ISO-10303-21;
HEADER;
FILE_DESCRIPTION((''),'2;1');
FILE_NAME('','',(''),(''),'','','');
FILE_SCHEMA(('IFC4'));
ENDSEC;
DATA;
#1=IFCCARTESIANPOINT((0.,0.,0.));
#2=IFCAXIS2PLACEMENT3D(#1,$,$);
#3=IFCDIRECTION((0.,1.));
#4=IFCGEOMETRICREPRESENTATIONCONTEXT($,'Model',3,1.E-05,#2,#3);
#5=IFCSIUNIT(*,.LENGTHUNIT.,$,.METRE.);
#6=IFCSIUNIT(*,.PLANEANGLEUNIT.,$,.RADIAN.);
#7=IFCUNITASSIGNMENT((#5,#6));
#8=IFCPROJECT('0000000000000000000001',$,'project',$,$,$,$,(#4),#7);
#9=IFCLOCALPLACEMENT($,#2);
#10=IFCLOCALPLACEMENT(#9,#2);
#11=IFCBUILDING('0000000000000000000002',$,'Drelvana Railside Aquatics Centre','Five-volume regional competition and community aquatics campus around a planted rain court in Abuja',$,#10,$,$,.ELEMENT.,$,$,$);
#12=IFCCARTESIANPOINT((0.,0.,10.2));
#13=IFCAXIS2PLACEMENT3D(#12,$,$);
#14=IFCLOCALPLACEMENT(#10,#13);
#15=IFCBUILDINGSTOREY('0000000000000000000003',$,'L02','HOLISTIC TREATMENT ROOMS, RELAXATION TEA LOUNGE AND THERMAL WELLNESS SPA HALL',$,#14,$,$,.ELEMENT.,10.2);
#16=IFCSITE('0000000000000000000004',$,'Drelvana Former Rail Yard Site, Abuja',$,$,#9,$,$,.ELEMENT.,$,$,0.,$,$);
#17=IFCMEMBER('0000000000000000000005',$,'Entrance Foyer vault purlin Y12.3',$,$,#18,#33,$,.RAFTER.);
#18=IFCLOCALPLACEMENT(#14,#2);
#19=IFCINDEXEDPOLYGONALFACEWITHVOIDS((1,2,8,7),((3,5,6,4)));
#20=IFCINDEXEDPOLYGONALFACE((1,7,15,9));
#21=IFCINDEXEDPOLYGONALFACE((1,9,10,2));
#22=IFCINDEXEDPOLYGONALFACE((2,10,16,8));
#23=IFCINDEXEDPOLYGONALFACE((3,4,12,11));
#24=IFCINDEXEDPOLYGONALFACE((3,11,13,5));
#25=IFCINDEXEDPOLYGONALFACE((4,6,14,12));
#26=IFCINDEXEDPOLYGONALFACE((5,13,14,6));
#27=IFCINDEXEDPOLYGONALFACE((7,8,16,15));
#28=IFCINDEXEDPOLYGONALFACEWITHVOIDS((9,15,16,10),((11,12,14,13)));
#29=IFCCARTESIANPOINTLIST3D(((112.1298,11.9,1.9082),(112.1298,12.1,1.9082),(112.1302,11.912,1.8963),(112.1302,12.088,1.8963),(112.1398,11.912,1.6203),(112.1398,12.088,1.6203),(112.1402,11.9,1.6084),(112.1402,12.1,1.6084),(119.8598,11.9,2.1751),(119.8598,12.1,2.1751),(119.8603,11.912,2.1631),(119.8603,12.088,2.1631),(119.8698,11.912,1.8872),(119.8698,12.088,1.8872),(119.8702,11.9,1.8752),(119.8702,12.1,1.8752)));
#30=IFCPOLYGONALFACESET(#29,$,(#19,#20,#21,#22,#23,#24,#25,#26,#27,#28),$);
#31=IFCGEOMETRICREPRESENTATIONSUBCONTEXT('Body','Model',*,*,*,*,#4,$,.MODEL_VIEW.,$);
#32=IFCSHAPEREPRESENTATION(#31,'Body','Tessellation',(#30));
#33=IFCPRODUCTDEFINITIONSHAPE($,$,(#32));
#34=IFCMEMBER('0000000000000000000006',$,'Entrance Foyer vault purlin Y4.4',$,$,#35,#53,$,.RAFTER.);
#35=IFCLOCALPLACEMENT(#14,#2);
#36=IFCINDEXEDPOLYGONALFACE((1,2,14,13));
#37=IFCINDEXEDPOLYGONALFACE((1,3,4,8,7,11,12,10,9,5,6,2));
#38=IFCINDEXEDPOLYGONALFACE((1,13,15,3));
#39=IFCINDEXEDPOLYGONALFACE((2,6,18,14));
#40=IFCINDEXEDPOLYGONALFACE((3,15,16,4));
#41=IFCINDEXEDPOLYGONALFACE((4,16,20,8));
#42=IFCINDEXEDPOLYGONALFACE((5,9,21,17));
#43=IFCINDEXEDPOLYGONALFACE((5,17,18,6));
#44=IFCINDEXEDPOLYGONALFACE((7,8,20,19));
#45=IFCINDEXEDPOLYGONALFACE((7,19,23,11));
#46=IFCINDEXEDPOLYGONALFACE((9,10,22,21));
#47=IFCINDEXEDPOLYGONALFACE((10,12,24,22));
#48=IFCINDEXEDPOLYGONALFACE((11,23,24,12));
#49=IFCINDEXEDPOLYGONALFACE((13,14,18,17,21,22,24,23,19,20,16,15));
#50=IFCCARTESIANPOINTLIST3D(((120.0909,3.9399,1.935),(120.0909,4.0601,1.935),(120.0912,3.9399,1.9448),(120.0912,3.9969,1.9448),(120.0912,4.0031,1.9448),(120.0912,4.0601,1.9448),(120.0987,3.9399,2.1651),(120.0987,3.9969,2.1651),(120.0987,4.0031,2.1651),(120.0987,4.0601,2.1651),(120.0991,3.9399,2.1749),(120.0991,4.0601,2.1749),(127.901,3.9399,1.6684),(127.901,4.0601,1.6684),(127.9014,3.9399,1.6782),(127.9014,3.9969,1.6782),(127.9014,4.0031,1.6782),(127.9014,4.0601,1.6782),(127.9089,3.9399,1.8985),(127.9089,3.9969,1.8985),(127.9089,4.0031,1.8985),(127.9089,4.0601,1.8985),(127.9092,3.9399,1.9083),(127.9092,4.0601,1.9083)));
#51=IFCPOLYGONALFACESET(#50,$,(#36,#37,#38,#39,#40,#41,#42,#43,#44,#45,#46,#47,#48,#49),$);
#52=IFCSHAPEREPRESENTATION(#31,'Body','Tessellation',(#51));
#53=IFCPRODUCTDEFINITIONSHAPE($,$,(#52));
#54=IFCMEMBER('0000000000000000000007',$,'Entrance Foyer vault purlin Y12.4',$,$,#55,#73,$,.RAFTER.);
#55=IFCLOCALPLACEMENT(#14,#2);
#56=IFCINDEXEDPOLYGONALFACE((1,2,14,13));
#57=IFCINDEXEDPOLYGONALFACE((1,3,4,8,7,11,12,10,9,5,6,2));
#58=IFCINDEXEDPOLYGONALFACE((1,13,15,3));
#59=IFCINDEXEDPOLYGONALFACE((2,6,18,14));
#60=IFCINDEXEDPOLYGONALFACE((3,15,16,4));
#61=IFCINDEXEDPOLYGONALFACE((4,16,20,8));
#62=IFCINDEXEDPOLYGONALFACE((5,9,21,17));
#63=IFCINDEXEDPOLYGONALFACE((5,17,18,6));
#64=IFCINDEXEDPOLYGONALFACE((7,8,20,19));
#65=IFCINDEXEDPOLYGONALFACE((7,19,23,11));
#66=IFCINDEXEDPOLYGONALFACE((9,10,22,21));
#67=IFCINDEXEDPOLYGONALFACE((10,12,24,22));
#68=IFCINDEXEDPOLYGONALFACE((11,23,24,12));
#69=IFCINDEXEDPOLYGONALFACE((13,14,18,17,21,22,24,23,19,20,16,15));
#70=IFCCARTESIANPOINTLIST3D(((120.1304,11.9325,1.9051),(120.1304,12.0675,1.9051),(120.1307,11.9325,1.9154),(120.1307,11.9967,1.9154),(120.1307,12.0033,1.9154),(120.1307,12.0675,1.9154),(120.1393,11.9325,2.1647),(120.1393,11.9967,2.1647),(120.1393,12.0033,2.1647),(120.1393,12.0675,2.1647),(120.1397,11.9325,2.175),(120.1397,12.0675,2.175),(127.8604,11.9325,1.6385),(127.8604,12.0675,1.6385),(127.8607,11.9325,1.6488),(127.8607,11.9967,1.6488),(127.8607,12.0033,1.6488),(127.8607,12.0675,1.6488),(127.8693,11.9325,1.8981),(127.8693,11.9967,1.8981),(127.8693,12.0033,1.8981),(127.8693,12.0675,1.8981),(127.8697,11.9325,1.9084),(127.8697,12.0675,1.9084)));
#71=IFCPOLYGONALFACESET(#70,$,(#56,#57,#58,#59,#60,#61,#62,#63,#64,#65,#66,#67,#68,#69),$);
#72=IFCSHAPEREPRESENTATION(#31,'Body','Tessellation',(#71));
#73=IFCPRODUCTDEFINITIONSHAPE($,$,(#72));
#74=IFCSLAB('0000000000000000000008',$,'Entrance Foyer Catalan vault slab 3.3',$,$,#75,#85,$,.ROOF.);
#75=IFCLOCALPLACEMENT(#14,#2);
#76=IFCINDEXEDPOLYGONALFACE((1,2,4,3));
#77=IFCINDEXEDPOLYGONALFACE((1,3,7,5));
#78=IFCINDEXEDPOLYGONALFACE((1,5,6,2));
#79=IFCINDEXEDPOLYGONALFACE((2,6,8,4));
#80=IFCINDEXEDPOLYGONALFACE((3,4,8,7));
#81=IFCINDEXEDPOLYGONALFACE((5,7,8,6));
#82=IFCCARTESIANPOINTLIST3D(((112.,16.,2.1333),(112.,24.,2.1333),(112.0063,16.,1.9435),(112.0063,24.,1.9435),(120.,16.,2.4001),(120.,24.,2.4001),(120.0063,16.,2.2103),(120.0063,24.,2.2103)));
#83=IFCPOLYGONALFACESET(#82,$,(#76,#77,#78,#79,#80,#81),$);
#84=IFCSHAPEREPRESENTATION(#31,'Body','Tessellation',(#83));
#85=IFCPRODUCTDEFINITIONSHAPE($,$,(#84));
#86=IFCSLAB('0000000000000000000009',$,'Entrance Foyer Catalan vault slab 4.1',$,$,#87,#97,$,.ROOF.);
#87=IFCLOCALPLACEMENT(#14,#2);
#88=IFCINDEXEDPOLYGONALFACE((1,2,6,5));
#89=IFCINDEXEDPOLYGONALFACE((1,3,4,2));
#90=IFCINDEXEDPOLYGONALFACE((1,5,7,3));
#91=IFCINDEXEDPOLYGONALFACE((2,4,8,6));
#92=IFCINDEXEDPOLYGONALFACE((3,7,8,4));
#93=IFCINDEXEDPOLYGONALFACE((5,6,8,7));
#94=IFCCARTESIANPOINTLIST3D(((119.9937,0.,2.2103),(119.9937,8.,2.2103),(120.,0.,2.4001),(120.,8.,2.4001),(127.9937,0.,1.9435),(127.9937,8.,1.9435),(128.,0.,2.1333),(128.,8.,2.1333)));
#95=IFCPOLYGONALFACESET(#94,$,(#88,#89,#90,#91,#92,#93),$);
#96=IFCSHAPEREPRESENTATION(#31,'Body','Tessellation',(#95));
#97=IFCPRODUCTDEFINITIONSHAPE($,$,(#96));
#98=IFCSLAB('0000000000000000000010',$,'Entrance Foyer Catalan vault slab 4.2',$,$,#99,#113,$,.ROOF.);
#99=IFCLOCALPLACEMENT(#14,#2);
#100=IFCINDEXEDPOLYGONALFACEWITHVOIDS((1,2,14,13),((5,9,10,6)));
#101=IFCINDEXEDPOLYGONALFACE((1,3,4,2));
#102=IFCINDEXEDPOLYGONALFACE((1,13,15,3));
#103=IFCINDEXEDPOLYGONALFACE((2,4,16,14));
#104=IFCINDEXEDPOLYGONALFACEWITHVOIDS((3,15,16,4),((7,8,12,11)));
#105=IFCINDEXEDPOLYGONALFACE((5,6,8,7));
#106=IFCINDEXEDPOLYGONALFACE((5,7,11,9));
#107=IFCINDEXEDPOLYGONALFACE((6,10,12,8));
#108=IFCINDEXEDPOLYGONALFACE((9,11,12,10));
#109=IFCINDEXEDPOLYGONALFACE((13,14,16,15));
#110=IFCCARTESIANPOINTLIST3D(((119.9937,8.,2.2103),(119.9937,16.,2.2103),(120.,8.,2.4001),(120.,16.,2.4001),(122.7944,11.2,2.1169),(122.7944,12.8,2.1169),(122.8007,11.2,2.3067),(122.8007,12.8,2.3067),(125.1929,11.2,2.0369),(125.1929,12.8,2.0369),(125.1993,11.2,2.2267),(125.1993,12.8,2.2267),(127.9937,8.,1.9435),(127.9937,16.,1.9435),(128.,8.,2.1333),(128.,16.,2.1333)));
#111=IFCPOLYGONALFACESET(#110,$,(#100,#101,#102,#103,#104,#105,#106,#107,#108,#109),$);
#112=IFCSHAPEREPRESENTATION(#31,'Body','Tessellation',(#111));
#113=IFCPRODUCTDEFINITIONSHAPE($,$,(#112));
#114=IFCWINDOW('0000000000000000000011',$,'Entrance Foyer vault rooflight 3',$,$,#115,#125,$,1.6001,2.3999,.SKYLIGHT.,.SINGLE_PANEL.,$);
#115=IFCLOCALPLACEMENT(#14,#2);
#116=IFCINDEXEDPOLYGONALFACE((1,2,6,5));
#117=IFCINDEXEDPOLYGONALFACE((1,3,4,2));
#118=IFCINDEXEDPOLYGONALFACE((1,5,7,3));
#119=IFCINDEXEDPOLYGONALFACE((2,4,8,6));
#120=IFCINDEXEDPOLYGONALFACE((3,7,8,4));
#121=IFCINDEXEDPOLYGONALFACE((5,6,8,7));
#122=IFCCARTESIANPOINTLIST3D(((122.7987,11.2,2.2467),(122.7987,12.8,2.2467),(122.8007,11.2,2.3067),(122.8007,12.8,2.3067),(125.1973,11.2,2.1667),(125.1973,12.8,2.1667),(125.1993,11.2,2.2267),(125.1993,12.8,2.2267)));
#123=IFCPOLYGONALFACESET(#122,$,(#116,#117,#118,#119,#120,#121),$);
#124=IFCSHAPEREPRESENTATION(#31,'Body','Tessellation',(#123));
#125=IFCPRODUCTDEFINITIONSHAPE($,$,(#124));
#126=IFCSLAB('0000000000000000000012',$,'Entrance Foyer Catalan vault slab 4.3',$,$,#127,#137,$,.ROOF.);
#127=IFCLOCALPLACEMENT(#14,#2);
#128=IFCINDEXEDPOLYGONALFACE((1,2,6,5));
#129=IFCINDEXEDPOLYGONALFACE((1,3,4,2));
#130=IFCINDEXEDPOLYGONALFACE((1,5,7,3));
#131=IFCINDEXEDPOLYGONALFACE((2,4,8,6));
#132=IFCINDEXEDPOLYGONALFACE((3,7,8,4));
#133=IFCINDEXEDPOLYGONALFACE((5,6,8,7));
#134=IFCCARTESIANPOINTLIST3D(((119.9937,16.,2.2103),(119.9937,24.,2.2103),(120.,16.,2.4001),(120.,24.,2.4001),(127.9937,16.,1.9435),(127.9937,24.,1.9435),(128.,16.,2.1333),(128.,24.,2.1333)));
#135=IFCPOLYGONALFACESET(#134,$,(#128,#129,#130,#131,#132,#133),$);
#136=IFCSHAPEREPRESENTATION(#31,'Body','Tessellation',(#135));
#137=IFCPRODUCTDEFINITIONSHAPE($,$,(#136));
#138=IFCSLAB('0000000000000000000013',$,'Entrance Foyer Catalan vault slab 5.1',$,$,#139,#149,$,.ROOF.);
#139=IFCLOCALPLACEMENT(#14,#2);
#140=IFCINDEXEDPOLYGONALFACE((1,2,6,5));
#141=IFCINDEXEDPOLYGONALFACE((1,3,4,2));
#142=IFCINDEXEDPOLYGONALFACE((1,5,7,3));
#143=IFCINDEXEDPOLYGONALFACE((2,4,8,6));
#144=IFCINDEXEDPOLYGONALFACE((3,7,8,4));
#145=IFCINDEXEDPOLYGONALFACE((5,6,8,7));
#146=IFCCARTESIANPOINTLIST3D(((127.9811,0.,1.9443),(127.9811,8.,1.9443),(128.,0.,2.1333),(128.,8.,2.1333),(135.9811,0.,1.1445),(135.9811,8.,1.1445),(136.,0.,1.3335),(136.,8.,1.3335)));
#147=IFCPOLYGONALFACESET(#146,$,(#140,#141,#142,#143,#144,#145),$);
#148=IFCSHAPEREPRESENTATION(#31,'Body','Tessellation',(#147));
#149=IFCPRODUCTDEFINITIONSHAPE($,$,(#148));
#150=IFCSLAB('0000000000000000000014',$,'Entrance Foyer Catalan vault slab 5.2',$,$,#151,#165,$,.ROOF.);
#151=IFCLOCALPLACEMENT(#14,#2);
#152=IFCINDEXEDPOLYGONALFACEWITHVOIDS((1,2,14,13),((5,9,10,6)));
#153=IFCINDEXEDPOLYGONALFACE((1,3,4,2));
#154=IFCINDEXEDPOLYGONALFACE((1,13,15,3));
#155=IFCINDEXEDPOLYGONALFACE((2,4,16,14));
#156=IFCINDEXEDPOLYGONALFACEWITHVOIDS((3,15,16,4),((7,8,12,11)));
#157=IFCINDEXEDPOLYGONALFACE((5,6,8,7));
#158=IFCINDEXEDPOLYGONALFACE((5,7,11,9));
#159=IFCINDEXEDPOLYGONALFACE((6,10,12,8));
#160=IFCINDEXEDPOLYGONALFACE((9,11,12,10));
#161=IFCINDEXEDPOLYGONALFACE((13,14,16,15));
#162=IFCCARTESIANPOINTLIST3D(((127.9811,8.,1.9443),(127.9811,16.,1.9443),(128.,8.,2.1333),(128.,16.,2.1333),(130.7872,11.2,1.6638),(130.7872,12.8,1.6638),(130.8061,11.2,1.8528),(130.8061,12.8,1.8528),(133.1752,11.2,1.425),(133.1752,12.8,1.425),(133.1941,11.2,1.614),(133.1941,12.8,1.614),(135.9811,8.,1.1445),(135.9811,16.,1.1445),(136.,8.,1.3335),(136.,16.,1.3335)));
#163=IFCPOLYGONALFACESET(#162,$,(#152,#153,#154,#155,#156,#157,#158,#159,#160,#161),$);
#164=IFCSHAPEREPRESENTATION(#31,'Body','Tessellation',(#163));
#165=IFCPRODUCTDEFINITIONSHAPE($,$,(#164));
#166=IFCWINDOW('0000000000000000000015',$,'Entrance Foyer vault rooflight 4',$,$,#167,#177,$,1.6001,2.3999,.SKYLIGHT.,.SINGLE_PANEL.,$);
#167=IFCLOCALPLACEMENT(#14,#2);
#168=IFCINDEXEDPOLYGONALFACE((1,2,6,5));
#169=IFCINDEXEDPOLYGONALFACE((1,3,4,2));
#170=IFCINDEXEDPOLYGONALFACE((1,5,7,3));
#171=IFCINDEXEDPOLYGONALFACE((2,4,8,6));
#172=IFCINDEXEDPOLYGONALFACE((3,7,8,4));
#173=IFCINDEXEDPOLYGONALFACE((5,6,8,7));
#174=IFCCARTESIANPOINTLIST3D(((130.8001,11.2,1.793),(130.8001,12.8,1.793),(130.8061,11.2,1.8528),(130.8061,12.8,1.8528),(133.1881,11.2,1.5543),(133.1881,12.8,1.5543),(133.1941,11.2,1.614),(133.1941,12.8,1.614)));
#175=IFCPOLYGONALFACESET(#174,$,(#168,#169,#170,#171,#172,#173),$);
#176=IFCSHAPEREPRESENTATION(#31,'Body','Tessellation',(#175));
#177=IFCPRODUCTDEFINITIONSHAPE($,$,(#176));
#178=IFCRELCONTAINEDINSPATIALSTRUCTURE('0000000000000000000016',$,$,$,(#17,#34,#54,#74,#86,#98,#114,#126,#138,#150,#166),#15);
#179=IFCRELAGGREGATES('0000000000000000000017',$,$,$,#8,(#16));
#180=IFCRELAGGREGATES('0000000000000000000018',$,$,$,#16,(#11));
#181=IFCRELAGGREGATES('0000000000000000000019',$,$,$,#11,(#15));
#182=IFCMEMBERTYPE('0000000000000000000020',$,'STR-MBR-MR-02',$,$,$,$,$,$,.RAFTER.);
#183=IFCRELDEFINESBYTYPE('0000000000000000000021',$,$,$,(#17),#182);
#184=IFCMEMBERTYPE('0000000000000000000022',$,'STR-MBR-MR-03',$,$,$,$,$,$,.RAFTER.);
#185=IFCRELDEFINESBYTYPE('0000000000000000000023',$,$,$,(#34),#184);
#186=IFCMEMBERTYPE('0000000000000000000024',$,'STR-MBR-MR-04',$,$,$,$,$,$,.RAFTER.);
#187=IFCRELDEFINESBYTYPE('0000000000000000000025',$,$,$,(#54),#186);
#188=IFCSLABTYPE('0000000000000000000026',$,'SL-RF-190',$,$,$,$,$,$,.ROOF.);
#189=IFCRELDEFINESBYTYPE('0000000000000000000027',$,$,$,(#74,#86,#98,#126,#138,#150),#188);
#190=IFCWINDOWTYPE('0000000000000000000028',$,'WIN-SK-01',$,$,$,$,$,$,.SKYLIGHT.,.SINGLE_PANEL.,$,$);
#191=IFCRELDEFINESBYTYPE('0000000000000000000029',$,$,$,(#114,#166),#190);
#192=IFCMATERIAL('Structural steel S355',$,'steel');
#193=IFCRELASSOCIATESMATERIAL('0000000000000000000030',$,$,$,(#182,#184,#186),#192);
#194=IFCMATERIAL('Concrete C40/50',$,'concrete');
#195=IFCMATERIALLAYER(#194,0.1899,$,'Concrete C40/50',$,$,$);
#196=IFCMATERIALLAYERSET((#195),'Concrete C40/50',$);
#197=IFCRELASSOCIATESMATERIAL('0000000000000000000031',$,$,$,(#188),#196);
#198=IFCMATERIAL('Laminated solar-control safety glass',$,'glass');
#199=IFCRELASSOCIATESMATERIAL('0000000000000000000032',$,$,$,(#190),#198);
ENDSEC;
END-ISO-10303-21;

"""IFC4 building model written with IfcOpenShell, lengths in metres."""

from ifc_helpers import new_model, si_unit, direction, frame, origin, origin_2d, place, context, subcontext, project, spatial, polyline, rectangle, hollow_rectangle, i_section, outline, extrude, material, layer, layer_set, material_profile, profile_set, type_object, element, fill, save


model = new_model("IFC4")

# Units and contexts
model_context = context("Model", 3, precision=1e-05, world=origin(), true_north=direction((0.0, 1.0)))
body_context = subcontext(model_context, "Body", "Model", "MODEL_VIEW")
ifc_project = project(units=[si_unit("LENGTHUNIT", "METRE"), si_unit("PLANEANGLEUNIT", "RADIAN")], contexts=[model_context])

# Site, building, storey
site_placement = place(None, origin())
site = spatial("IfcSite", under=ifc_project, at=site_placement, Name="Drelvana Former Rail Yard Site, Abuja", CompositionType="ELEMENT", RefElevation=0.0)
building_placement = place(site_placement, origin())
building = spatial("IfcBuilding", under=site, at=building_placement, Name="Drelvana Railside Aquatics Centre", Description="Five-volume regional competition and community aquatics campus around a planted rain court in Abuja", CompositionType="ELEMENT")
storey_placement = place(building_placement, frame((0.0, 0.0, 10.2)))
storey = spatial("IfcBuildingStorey", under=building, at=storey_placement, Name="L02", Description="HOLISTIC TREATMENT ROOMS, RELAXATION TEA LOUNGE AND THERMAL WELLNESS SPA HALL", CompositionType="ELEMENT", Elevation=10.2)

# Members
ifc_material_1 = material(Name="Structural steel S355", Category="steel")
ifc_material_profile_1 = material_profile(ifc_material_1, hollow_rectangle(XDim=0.2, YDim=0.3, WallThickness=0.012, at=origin_2d()), Name="RHS 300x200x12")
ifc_profile_set_1 = profile_set([ifc_material_profile_1], Name="Structural steel S355")
member_type_1 = type_object("IfcMemberType", Name="STR-MBR-MR-02", PredefinedType="RAFTER", material=ifc_profile_set_1)
member_1_placement = place(storey_placement, frame((112.135, 12.0, 1.7583), z_axis=(0.999405, 0.0, 0.0345), x_axis=(0.0, 1.0, 0.0)))
element("IfcMember", 1, at=member_1_placement, inside=storey, type_object=member_type_1, Name="Entrance Foyer vault purlin Y12.3", PredefinedType="RAFTER", context=body_context, shape_type="SweptSolid", body=[
    extrude(hollow_rectangle(XDim=0.2, YDim=0.3, WallThickness=0.012, at=origin_2d()), origin(), (0.0, 0.0, 1.0), 7.7346),
])
ifc_material_profile_2 = material_profile(ifc_material_1, i_section(OverallWidth=0.1201, OverallDepth=0.24, WebThickness=0.0061, FlangeThickness=0.0098, at=origin_2d()), Name="IPE 240")
ifc_profile_set_2 = profile_set([ifc_material_profile_2], Name="Structural steel S355")
member_type_2 = type_object("IfcMemberType", Name="STR-MBR-MR-03", PredefinedType="RAFTER", material=ifc_profile_set_2)
member_2_placement = place(storey_placement, frame((120.095, 4.0, 2.0549), z_axis=(0.999418, 0.0, -0.034116), x_axis=(0.0, 1.0, 0.0)))
element("IfcMember", 2, at=member_2_placement, inside=storey, type_object=member_type_2, Name="Entrance Foyer vault purlin Y4.4", PredefinedType="RAFTER", context=body_context, shape_type="SweptSolid", body=[
    extrude(i_section(OverallWidth=0.1201, OverallDepth=0.24, WebThickness=0.0061, FlangeThickness=0.0098, at=origin_2d()), origin(), (0.0, 0.0, 1.0), 7.8147),
])
ifc_material_profile_3 = material_profile(ifc_material_1, i_section(OverallWidth=0.135, OverallDepth=0.27, WebThickness=0.0066, FlangeThickness=0.0103, at=origin_2d()), Name="IPE 270")
ifc_profile_set_3 = profile_set([ifc_material_profile_3], Name="Structural steel S355")
member_type_3 = type_object("IfcMemberType", Name="STR-MBR-MR-04", PredefinedType="RAFTER", material=ifc_profile_set_3)
member_3_placement = place(storey_placement, frame((120.135, 12.0, 2.04), z_axis=(0.999406, 0.0, -0.034469), x_axis=(0.0, 1.0, 0.0)))
element("IfcMember", 3, at=member_3_placement, inside=storey, type_object=member_type_3, Name="Entrance Foyer vault purlin Y12.4", PredefinedType="RAFTER", context=body_context, shape_type="SweptSolid", body=[
    extrude(i_section(OverallWidth=0.135, OverallDepth=0.27, WebThickness=0.0066, FlangeThickness=0.0103, at=origin_2d()), origin(), (0.0, 0.0, 1.0), 7.7346),
])

# Slabs
ifc_material_2 = material(Name="Concrete C40/50", Category="concrete")
ifc_layer = layer(ifc_material_2, 0.1899, Name="Concrete C40/50")
ifc_layer_set = layer_set([ifc_layer], Name="Concrete C40/50")
slab_type = type_object("IfcSlabType", Name="SL-RF-190", PredefinedType="ROOF", material=ifc_layer_set)
for number, where, z_axis, x_axis, name in (
    (4, (112.0, 16.0, 2.1333), (-0.033337, 0.0, 0.999444), (0.999444, 0.0, 0.033337), "Entrance Foyer Catalan vault slab 3.3"),
    (5, (120.0, 0.0, 2.4001), (0.033337, 0.0, 0.999444), (0.999444, 0.0, -0.033337), "Entrance Foyer Catalan vault slab 4.1"),
):
    element("IfcSlab", number, at=place(storey_placement, frame(where, z_axis=z_axis, x_axis=x_axis)), inside=storey, type_object=slab_type, Name=name, PredefinedType="ROOF", context=body_context, shape_type="SweptSolid", body=[
        extrude(outline(polyline([(0.0, 0.0), (8.0044, 0.0), (8.0044, 8.0), (0.0, 8.0), (0.0, 0.0)])), origin(), (0.0, 0.0, -1.0), 0.1899),
    ])

# Slab, opening, window
slab_1_placement = place(storey_placement, frame((120.0, 8.0, 2.4001), z_axis=(0.033337, 0.0, 0.999444), x_axis=(0.999444, 0.0, -0.033337)))
slab_1 = element("IfcSlab", 6, at=slab_1_placement, inside=storey, type_object=slab_type, Name="Entrance Foyer Catalan vault slab 4.2", PredefinedType="ROOF", context=body_context, shape_type="SweptSolid", body=[
    extrude(outline(polyline([(0.0, 0.0), (8.0044, 0.0), (8.0044, 8.0), (0.0, 8.0), (0.0, 0.0)])), origin(), (0.0, 0.0, -1.0), 0.1899),
])
opening_1_placement = place(slab_1_placement, frame((4.0022, 4.0, 0.01)))
opening_1 = element("IfcOpeningElement", 7, at=opening_1_placement, cuts=slab_1, PredefinedType="OPENING", context=body_context, shape_type="SweptSolid", body=[
    extrude(rectangle(XDim=2.3999, YDim=1.6001, at=origin_2d()), origin(), (0.0, 0.0, -1.0), 0.21),
])
ifc_material_3 = material(Name="Laminated solar-control safety glass", Category="glass")
window_type = type_object("IfcWindowType", Name="WIN-SK-01", PartitioningType="SINGLE_PANEL", PredefinedType="SKYLIGHT", material=ifc_material_3)
window_1_placement = place(slab_1_placement, frame((4.0022, 4.0, 0.0)))
window_1 = element("IfcWindow", 8, at=window_1_placement, inside=storey, type_object=window_type, Name="Entrance Foyer vault rooflight 3", OverallHeight=1.6001, OverallWidth=2.3999, PartitioningType="SINGLE_PANEL", PredefinedType="SKYLIGHT", context=body_context, shape_type="SweptSolid", body=[
    extrude(rectangle(XDim=2.3999, YDim=1.6001, at=origin_2d()), origin(), (0.0, 0.0, -1.0), 0.0601),
])
fill(opening_1, window_1)

# Slabs
slab_2_placement = place(storey_placement, frame((120.0, 16.0, 2.4001), z_axis=(0.033337, 0.0, 0.999444), x_axis=(0.999444, 0.0, -0.033337)))
element("IfcSlab", 9, at=slab_2_placement, inside=storey, type_object=slab_type, Name="Entrance Foyer Catalan vault slab 4.3", PredefinedType="ROOF", context=body_context, shape_type="SweptSolid", body=[
    extrude(outline(polyline([(0.0, 0.0), (8.0044, 0.0), (8.0044, 8.0), (0.0, 8.0), (0.0, 0.0)])), origin(), (0.0, 0.0, -1.0), 0.1899),
])
slab_3_placement = place(storey_placement, frame((128.0, 0.0, 2.1333), z_axis=(0.09948, 0.0, 0.99504), x_axis=(0.99504, 0.0, -0.09948)))
element("IfcSlab", 10, at=slab_3_placement, inside=storey, type_object=slab_type, Name="Entrance Foyer Catalan vault slab 5.1", PredefinedType="ROOF", context=body_context, shape_type="SweptSolid", body=[
    extrude(outline(polyline([(0.0, 0.0), (8.0399, 0.0), (8.0399, 8.0), (0.0, 8.0), (0.0, 0.0)])), origin(), (0.0, 0.0, -1.0), 0.1899),
])

# Slab, opening, window
slab_4_placement = place(storey_placement, frame((128.0, 8.0, 2.1333), z_axis=(0.09948, 0.0, 0.99504), x_axis=(0.99504, 0.0, -0.09948)))
slab_4 = element("IfcSlab", 11, at=slab_4_placement, inside=storey, type_object=slab_type, Name="Entrance Foyer Catalan vault slab 5.2", PredefinedType="ROOF", context=body_context, shape_type="SweptSolid", body=[
    extrude(outline(polyline([(0.0, 0.0), (8.0399, 0.0), (8.0399, 8.0), (0.0, 8.0), (0.0, 0.0)])), origin(), (0.0, 0.0, -1.0), 0.1899),
])
opening_2_placement = place(slab_4_placement, frame((4.02, 4.0, 0.01)))
opening_2 = element("IfcOpeningElement", 12, at=opening_2_placement, cuts=slab_4, PredefinedType="OPENING", context=body_context, shape_type="SweptSolid", body=[
    extrude(rectangle(XDim=2.3999, YDim=1.6001, at=origin_2d()), origin(), (0.0, 0.0, -1.0), 0.21),
])
window_2_placement = place(slab_4_placement, frame((4.02, 4.0, 0.0)))
window_2 = element("IfcWindow", 13, at=window_2_placement, inside=storey, type_object=window_type, Name="Entrance Foyer vault rooflight 4", OverallHeight=1.6001, OverallWidth=2.3999, PartitioningType="SINGLE_PANEL", PredefinedType="SKYLIGHT", context=body_context, shape_type="SweptSolid", body=[
    extrude(rectangle(XDim=2.3999, YDim=1.6001, at=origin_2d()), origin(), (0.0, 0.0, -1.0), 0.0601),
])
fill(opening_2, window_2)

save(model, "model.ifc")
